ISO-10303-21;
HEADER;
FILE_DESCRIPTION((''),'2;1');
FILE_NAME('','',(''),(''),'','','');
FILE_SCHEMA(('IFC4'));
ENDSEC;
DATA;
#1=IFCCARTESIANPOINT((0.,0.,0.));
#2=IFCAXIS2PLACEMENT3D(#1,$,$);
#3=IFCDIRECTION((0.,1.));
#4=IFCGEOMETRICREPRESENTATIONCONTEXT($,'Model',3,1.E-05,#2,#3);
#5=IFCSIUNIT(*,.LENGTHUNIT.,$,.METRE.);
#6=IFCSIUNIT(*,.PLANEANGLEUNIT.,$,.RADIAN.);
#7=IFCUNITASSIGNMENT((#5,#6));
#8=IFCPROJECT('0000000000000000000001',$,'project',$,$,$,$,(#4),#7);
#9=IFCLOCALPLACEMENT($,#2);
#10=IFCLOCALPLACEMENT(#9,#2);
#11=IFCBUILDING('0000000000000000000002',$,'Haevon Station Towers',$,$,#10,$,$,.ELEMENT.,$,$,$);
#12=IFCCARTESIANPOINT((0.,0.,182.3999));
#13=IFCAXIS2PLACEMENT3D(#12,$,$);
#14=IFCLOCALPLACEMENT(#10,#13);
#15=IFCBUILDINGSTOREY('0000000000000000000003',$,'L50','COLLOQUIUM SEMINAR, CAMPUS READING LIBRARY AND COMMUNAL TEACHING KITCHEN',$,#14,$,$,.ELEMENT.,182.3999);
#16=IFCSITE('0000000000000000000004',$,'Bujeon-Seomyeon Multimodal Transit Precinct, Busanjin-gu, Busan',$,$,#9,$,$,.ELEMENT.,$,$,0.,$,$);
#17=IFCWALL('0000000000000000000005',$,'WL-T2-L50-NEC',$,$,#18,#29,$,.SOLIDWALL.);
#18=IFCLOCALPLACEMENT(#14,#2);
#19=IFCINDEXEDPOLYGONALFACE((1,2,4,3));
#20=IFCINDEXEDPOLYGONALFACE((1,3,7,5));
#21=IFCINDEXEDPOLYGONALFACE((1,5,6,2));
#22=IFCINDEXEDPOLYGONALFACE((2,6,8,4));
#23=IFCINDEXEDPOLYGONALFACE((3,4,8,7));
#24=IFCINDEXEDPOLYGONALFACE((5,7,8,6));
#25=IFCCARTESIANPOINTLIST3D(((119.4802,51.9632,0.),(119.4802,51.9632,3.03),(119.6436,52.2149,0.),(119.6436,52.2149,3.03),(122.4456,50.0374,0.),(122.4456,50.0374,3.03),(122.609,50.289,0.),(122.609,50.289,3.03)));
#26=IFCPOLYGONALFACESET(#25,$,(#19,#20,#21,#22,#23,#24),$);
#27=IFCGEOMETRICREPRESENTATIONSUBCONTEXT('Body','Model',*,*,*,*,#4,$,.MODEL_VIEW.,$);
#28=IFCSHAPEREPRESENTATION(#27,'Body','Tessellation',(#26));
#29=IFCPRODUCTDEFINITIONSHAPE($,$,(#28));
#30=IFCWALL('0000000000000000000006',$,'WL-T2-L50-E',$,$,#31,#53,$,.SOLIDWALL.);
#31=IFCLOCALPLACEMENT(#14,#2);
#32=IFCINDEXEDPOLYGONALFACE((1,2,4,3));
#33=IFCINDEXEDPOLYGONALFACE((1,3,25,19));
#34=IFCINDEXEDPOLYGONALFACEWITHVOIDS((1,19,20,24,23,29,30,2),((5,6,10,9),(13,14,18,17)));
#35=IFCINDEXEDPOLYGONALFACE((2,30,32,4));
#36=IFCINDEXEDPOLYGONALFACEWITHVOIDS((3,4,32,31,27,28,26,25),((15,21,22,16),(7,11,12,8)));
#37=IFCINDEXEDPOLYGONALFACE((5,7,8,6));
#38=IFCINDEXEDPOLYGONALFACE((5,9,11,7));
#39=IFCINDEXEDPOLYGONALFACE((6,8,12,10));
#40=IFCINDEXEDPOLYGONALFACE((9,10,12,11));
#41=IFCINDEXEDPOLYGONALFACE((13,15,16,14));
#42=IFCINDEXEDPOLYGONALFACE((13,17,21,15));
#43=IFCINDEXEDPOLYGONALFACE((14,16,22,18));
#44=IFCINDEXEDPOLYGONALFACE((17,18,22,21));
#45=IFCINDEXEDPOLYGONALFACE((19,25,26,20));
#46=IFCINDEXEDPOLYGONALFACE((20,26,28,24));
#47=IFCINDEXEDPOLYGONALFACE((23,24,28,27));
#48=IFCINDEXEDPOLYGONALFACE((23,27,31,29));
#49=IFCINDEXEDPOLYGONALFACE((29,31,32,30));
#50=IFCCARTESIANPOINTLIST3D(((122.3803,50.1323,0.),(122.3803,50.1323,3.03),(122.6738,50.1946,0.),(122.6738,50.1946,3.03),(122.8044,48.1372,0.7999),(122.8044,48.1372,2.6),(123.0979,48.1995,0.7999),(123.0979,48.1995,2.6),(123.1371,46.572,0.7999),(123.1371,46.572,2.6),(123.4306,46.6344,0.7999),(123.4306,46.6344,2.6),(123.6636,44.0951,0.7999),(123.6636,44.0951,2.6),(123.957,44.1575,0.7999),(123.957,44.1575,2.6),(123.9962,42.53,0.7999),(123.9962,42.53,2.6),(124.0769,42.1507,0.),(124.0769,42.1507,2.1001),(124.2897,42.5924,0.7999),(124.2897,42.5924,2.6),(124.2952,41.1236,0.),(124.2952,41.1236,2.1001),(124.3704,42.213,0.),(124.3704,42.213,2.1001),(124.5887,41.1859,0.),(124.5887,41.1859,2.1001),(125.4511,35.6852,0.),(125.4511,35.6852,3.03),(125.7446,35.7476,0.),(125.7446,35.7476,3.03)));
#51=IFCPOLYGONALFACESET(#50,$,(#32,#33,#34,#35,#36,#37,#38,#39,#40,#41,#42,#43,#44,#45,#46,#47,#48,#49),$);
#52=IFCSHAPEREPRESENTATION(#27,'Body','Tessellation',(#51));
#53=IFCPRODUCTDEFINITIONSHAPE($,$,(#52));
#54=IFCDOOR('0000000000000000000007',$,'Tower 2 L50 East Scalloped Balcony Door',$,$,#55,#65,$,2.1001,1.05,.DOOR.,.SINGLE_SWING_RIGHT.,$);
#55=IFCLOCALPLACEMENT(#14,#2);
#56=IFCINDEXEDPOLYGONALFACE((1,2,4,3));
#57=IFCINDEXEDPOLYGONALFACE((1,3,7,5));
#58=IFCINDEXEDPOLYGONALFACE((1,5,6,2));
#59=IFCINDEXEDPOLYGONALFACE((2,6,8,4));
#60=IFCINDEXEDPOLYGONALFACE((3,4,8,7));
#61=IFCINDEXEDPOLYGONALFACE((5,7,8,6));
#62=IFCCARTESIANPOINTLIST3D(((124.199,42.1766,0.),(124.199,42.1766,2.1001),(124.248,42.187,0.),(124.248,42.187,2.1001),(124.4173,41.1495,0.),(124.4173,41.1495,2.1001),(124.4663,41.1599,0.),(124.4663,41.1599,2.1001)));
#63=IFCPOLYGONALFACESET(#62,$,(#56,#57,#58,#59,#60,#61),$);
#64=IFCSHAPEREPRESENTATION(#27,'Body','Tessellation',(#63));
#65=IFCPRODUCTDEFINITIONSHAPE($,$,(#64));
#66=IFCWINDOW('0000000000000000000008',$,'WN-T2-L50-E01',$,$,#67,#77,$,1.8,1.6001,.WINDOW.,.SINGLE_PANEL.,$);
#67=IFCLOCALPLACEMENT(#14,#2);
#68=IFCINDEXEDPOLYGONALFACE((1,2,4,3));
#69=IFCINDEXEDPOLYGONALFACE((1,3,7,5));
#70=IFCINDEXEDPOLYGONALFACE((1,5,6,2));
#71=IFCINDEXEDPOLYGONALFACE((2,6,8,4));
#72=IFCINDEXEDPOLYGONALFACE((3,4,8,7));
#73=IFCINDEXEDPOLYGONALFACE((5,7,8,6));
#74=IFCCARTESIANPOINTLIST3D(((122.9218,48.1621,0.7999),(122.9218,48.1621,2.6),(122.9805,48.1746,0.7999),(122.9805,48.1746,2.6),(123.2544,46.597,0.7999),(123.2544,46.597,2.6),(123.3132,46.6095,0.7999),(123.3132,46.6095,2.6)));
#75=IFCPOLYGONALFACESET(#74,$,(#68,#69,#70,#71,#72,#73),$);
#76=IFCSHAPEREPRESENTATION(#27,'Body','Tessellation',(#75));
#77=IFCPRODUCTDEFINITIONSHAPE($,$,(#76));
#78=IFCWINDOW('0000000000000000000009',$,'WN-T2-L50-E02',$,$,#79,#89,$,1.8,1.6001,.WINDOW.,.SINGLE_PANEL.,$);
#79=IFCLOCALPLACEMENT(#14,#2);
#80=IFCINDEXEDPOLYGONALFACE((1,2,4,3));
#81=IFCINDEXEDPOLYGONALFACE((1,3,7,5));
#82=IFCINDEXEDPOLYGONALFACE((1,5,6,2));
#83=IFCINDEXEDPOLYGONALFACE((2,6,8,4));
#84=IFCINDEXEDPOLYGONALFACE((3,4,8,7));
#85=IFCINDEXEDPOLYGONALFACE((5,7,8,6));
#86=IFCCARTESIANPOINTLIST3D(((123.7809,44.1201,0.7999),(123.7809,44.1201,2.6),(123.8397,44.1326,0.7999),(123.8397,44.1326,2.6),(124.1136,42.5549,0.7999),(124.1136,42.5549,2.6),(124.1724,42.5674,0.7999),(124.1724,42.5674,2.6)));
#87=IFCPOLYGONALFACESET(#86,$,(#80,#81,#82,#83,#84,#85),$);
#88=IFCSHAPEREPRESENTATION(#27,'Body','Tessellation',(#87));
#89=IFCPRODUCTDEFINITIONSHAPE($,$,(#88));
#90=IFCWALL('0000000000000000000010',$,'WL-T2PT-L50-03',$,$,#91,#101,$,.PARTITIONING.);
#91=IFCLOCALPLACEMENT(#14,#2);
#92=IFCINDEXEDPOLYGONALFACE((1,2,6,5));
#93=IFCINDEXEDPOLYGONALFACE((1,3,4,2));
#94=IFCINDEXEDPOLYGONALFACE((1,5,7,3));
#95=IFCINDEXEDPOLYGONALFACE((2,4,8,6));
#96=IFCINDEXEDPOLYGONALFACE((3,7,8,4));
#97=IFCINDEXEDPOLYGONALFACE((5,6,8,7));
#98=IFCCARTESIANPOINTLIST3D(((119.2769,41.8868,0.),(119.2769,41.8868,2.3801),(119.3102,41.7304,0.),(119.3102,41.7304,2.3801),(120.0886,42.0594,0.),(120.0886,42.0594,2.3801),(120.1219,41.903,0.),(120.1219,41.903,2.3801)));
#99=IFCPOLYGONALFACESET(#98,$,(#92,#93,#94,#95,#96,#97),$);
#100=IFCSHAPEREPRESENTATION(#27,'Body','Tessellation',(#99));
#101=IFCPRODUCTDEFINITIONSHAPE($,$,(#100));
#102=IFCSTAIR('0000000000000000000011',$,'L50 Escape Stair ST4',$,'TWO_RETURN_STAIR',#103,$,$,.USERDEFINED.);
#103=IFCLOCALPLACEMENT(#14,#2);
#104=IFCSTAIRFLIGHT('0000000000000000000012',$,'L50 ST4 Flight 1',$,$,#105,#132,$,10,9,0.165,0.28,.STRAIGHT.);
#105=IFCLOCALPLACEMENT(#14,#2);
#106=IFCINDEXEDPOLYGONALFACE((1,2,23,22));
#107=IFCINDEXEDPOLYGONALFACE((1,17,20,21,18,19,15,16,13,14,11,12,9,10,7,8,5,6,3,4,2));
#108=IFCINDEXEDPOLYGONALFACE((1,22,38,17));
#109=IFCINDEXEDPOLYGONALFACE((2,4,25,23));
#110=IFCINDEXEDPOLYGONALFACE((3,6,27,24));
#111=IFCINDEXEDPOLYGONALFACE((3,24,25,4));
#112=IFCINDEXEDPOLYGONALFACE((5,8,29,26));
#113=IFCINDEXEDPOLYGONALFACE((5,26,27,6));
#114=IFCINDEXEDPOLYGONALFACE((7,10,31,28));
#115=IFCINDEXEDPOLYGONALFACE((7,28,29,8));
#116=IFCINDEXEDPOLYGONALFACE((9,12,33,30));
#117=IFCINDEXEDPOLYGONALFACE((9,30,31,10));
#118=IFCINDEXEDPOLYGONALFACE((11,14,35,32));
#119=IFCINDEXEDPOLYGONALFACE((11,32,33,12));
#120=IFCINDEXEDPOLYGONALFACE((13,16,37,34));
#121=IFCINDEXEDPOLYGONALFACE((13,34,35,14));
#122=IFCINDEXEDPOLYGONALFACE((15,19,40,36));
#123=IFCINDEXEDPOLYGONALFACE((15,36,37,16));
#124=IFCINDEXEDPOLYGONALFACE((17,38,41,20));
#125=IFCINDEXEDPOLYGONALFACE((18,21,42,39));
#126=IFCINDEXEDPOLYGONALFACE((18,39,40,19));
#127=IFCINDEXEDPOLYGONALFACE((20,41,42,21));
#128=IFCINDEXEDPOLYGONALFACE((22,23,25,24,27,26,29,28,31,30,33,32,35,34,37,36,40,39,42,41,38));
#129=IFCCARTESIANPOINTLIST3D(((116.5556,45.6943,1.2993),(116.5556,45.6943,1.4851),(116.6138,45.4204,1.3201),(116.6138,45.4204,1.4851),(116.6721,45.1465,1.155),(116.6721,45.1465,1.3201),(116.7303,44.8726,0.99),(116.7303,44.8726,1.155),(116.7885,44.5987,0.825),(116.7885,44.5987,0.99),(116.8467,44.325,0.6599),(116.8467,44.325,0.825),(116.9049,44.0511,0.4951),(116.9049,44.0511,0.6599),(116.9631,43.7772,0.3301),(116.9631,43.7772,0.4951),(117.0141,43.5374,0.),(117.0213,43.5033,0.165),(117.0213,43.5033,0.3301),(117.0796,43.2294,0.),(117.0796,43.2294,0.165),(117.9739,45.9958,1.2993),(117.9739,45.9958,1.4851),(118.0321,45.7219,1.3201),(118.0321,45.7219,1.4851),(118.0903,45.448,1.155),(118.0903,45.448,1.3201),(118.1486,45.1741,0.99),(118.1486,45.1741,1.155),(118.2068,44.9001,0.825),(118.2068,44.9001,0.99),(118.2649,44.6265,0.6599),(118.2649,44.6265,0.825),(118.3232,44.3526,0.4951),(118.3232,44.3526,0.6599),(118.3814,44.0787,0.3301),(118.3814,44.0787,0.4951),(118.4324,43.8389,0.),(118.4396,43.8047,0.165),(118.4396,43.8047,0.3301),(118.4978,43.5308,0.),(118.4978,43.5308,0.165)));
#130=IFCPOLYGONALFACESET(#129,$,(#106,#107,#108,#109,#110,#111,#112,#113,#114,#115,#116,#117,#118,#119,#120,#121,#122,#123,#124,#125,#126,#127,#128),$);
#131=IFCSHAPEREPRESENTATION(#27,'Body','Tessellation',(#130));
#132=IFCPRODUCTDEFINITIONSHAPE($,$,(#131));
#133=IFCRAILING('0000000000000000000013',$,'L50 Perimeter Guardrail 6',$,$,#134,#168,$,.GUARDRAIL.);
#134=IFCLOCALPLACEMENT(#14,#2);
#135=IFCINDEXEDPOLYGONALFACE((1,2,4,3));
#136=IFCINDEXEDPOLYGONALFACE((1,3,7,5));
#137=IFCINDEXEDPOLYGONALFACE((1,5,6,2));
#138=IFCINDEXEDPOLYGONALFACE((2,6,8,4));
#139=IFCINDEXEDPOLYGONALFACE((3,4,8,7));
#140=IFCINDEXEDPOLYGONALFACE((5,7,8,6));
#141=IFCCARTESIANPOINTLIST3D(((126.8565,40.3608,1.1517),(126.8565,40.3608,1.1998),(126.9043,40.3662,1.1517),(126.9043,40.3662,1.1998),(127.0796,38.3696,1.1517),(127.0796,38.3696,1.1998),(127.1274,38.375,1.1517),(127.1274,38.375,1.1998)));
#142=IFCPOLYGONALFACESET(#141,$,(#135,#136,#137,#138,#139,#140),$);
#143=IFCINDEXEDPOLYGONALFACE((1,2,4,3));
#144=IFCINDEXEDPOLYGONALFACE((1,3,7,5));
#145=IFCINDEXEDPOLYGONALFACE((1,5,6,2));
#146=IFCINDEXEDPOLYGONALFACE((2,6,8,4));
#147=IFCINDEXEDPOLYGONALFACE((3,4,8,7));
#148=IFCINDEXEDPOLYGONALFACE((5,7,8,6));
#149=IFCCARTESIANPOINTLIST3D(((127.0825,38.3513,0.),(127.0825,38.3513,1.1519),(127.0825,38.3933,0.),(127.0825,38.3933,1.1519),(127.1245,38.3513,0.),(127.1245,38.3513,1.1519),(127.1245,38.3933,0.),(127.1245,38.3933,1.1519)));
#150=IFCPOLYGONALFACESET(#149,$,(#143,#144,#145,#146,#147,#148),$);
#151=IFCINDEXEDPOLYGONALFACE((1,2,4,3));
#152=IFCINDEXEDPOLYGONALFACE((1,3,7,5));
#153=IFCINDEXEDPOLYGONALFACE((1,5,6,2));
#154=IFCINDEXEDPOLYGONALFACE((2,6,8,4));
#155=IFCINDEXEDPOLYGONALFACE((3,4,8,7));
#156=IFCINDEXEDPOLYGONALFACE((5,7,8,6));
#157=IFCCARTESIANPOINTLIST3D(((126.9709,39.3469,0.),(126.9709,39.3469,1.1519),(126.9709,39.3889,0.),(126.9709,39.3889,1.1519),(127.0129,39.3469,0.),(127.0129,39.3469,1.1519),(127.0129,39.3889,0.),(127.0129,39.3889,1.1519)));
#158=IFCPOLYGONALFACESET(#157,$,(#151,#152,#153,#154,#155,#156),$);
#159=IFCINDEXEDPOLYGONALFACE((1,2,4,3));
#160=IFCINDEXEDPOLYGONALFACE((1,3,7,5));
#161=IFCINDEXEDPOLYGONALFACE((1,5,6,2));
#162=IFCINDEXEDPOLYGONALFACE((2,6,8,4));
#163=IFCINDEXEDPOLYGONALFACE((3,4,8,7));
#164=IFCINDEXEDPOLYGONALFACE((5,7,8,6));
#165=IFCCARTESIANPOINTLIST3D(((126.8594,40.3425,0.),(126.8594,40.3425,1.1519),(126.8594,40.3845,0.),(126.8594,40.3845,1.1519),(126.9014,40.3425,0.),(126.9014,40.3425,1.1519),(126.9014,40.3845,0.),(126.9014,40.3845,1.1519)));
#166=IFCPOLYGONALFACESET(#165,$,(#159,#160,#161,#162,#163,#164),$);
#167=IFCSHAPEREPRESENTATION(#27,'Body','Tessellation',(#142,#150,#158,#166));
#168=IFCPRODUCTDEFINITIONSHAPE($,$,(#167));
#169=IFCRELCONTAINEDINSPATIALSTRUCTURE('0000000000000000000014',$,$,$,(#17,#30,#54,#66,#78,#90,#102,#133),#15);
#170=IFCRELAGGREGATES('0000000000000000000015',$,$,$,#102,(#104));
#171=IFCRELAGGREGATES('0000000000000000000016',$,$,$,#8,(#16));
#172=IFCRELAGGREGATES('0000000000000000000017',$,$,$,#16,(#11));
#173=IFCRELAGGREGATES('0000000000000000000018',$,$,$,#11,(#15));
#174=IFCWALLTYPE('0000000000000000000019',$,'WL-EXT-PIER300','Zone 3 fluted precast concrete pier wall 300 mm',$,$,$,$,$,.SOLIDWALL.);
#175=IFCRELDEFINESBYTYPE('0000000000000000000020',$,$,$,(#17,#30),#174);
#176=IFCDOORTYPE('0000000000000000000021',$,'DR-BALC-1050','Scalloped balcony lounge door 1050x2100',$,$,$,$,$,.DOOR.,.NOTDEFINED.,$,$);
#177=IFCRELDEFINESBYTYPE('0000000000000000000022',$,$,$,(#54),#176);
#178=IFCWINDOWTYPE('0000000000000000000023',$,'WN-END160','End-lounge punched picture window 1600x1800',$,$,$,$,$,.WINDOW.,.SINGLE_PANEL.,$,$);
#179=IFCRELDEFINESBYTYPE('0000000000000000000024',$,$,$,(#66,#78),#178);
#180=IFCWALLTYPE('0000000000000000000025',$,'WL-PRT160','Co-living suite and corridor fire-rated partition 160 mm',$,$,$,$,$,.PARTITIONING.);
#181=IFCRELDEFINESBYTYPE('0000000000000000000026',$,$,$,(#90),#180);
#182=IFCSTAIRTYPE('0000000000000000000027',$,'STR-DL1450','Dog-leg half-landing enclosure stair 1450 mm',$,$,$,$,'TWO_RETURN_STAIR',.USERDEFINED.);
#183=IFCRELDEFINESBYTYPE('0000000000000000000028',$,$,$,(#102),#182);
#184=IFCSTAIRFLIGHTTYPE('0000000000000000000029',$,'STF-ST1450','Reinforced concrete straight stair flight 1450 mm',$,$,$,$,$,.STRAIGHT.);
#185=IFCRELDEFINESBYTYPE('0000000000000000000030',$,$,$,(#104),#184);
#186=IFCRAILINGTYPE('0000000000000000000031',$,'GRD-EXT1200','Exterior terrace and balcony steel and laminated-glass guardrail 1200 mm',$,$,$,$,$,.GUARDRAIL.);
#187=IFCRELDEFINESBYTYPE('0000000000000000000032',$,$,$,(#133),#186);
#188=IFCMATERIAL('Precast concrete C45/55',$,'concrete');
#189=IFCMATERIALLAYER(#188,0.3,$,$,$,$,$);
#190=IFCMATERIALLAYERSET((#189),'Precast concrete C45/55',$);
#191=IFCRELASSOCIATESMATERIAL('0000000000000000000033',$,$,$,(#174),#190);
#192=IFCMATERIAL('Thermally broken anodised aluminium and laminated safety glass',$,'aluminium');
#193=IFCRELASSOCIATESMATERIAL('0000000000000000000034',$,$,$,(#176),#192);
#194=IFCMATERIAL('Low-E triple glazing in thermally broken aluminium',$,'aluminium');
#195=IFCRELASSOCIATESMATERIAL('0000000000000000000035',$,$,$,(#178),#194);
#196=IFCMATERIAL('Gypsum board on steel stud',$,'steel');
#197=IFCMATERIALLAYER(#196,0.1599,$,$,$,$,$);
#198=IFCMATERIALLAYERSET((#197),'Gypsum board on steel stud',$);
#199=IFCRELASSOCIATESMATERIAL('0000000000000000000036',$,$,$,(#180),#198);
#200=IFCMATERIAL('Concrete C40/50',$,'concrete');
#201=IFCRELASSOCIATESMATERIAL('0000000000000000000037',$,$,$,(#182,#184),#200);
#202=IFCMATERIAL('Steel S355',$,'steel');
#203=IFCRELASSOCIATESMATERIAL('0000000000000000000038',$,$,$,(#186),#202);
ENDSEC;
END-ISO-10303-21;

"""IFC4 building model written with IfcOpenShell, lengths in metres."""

from ifc_helpers import new_model, si_unit, direction, frame, frame_2d, origin, origin_2d, place, context, subcontext, project, spatial, polyline, rectangle, outline, extrude, material, layer, layer_set, type_object, element, fill, aggregate, save


model = new_model("IFC4")

# Units and contexts
model_context = context("Model", 3, precision=1e-05, world=origin(), true_north=direction((0.0, 1.0)))
body_context = subcontext(model_context, "Body", "Model", "MODEL_VIEW")
ifc_project = project(units=[si_unit("LENGTHUNIT", "METRE"), si_unit("PLANEANGLEUNIT", "RADIAN")], contexts=[model_context])

# Site, building, storey
site_placement = place(None, origin())
site = spatial("IfcSite", under=ifc_project, at=site_placement, Name="Bujeon-Seomyeon Multimodal Transit Precinct, Busanjin-gu, Busan", CompositionType="ELEMENT", RefElevation=0.0)
building_placement = place(site_placement, origin())
building = spatial("IfcBuilding", under=site, at=building_placement, Name="Haevon Station Towers", CompositionType="ELEMENT")
storey_placement = place(building_placement, frame((0.0, 0.0, 182.3999)))
storey = spatial("IfcBuildingStorey", under=building, at=storey_placement, Name="L50", Description="COLLOQUIUM SEMINAR, CAMPUS READING LIBRARY AND COMMUNAL TEACHING KITCHEN", CompositionType="ELEMENT", Elevation=182.3999)

# Shared definitions
ifc_material_1 = material(Name="Steel S355", Category="steel")

# Wall
ifc_material_2 = material(Name="Precast concrete C45/55", Category="concrete")
ifc_layer_1 = layer(ifc_material_2, 0.3)
ifc_layer_set_1 = layer_set([ifc_layer_1], Name="Precast concrete C45/55")
wall_type_1 = type_object("IfcWallType", Name="WL-EXT-PIER300", Description="Zone 3 fluted precast concrete pier wall 300 mm", PredefinedType="SOLIDWALL", material=ifc_layer_set_1)
wall_1_placement = place(storey_placement, frame((119.5618, 52.0891, 0.0), z_axis=(0.0, 0.0, 1.0), x_axis=(0.838661, -0.544653, 0.0)))
element("IfcWall", 1, at=wall_1_placement, inside=storey, type_object=wall_type_1, Name="WL-T2-L50-NEC", PredefinedType="SOLIDWALL", context=body_context, shape_type="SweptSolid", body=[
    extrude(rectangle(XDim=3.5359, YDim=0.3, at=frame_2d((1.7681, 0.0))), origin(), (0.0, 0.0, 1.0), 3.03),
])

# Wall, openings, door, windows
wall_2_placement = place(storey_placement, frame((122.5271, 50.1633, 0.0), z_axis=(0.0, 0.0, 1.0), x_axis=(0.207911, -0.978148, 0.0)))
wall_2 = element("IfcWall", 2, at=wall_2_placement, inside=storey, type_object=wall_type_1, Name="WL-T2-L50-E", PredefinedType="SOLIDWALL", context=body_context, shape_type="SweptSolid", body=[
    extrude(rectangle(XDim=14.7698, YDim=0.3, at=frame_2d((7.3848, 0.0))), origin(), (0.0, 0.0, 1.0), 3.03),
])
opening_1_placement = place(wall_2_placement, frame((8.1599, 0.0, 0.0)))
opening_1 = element("IfcOpeningElement", 3, at=opening_1_placement, cuts=wall_2, PredefinedType="OPENING", context=body_context, shape_type="SweptSolid", body=[
    extrude(rectangle(XDim=1.05, YDim=2.1001, at=frame_2d((0.5249, 1.05))), frame((0.0, 0.1599, 0.0), z_axis=(0.0, -1.0, 0.0), x_axis=(1.0, 0.0, 0.0)), (0.0, 0.0, 1.0), 0.3201),
])
opening_2_placement = place(wall_2_placement, frame((2.0396, 0.0, 0.8)))
opening_2 = element("IfcOpeningElement", 4, at=opening_2_placement, cuts=wall_2, PredefinedType="OPENING", context=body_context, shape_type="SweptSolid", body=[
    extrude(rectangle(XDim=1.6001, YDim=1.8, at=frame_2d((0.8, 0.8999))), frame((0.0, 0.1599, 0.0), z_axis=(0.0, -1.0, 0.0), x_axis=(1.0, 0.0, 0.0)), (0.0, 0.0, 1.0), 0.3201),
])
opening_3_placement = place(wall_2_placement, frame((6.1719, 0.0, 0.8)))
opening_3 = element("IfcOpeningElement", 5, at=opening_3_placement, cuts=wall_2, PredefinedType="OPENING", context=body_context, shape_type="SweptSolid", body=[
    extrude(rectangle(XDim=1.6001, YDim=1.8, at=frame_2d((0.8, 0.8999))), frame((0.0, 0.1599, 0.0), z_axis=(0.0, -1.0, 0.0), x_axis=(1.0, 0.0, 0.0)), (0.0, 0.0, 1.0), 0.3201),
])
ifc_material_3 = material(Name="Thermally broken anodised aluminium and laminated safety glass", Category="aluminium")
door_type = type_object("IfcDoorType", Name="DR-BALC-1050", Description="Scalloped balcony lounge door 1050x2100", OperationType="NOTDEFINED", PredefinedType="DOOR", material=ifc_material_3)
door_placement = place(opening_1_placement, origin())
door = element("IfcDoor", 6, at=door_placement, inside=storey, type_object=door_type, Name="Tower 2 L50 East Scalloped Balcony Door", OperationType="SINGLE_SWING_RIGHT", OverallHeight=2.1001, OverallWidth=1.05, PredefinedType="DOOR", context=body_context, shape_type="SweptSolid", body=[
    extrude(rectangle(XDim=1.05, YDim=2.1001, at=frame_2d((0.5249, 1.05))), frame((0.0, 0.0249, 0.0), z_axis=(0.0, -1.0, 0.0), x_axis=(1.0, 0.0, 0.0)), (0.0, 0.0, 1.0), 0.05),
])
fill(opening_1, door)
ifc_material_4 = material(Name="Low-E triple glazing in thermally broken aluminium", Category="aluminium")
window_type = type_object("IfcWindowType", Name="WN-END160", Description="End-lounge punched picture window 1600x1800", PartitioningType="SINGLE_PANEL", PredefinedType="WINDOW", material=ifc_material_4)
window_1_placement = place(opening_2_placement, origin())
window_1 = element("IfcWindow", 7, at=window_1_placement, inside=storey, type_object=window_type, Name="WN-T2-L50-E01", OverallHeight=1.8, OverallWidth=1.6001, PartitioningType="SINGLE_PANEL", PredefinedType="WINDOW", context=body_context, shape_type="SweptSolid", body=[
    extrude(rectangle(XDim=1.6001, YDim=1.8, at=frame_2d((0.8, 0.8999))), frame((0.0, 0.03, 0.0), z_axis=(0.0, -1.0, 0.0), x_axis=(1.0, 0.0, 0.0)), (0.0, 0.0, 1.0), 0.0601),
])
fill(opening_2, window_1)
window_2_placement = place(opening_3_placement, origin())
window_2 = element("IfcWindow", 8, at=window_2_placement, inside=storey, type_object=window_type, Name="WN-T2-L50-E02", OverallHeight=1.8, OverallWidth=1.6001, PartitioningType="SINGLE_PANEL", PredefinedType="WINDOW", context=body_context, shape_type="SweptSolid", body=[
    extrude(rectangle(XDim=1.6001, YDim=1.8, at=frame_2d((0.8, 0.8999))), frame((0.0, 0.03, 0.0), z_axis=(0.0, -1.0, 0.0), x_axis=(1.0, 0.0, 0.0)), (0.0, 0.0, 1.0), 0.0601),
])
fill(opening_3, window_2)

# Wall
ifc_material_5 = material(Name="Gypsum board on steel stud", Category="steel")
ifc_layer_2 = layer(ifc_material_5, 0.1599)
ifc_layer_set_2 = layer_set([ifc_layer_2], Name="Gypsum board on steel stud")
wall_type_2 = type_object("IfcWallType", Name="WL-PRT160", Description="Co-living suite and corridor fire-rated partition 160 mm", PredefinedType="PARTITIONING", material=ifc_layer_set_2)
wall_3_placement = place(storey_placement, frame((119.2935, 41.8086, 0.0), z_axis=(0.0, 0.0, 1.0), x_axis=(0.978133, 0.207982, 0.0)))
element("IfcWall", 9, at=wall_3_placement, inside=storey, type_object=wall_type_2, Name="WL-T2PT-L50-03", PredefinedType="PARTITIONING", context=body_context, shape_type="SweptSolid", body=[
    extrude(rectangle(XDim=0.8298, YDim=0.1599, at=frame_2d((0.415, 0.0))), origin(), (0.0, 0.0, 1.0), 2.3801),
])

# Stair, stair flight
ifc_material_6 = material(Name="Concrete C40/50", Category="concrete")
stair_type = type_object("IfcStairType", Name="STR-DL1450", Description="Dog-leg half-landing enclosure stair 1450 mm", ElementType="TWO_RETURN_STAIR", PredefinedType="USERDEFINED", material=ifc_material_6)
stair_placement = place(storey_placement, origin())
stair = element("IfcStair", 10, at=stair_placement, inside=storey, type_object=stair_type, Name="L50 Escape Stair ST4", ObjectType="TWO_RETURN_STAIR", PredefinedType="USERDEFINED")
stair_flight_type = type_object("IfcStairFlightType", Name="STF-ST1450", Description="Reinforced concrete straight stair flight 1450 mm", PredefinedType="STRAIGHT", material=ifc_material_6)
stair_flight_placement = place(storey_placement, frame((117.7888, 43.3801, 0.0), z_axis=(0.0, 0.0, 1.0), x_axis=(-0.207912, 0.978148, 0.0)))
stair_flight = element("IfcStairFlight", 11, at=stair_flight_placement, type_object=stair_flight_type, Name="L50 ST4 Flight 1", NumberOfRisers=10, NumberOfTreads=9, PredefinedType="STRAIGHT", RiserHeight=0.165, TreadLength=0.28, context=body_context, shape_type="SweptSolid", body=[
    extrude(outline(polyline([(0.0, 0.0), (0.0, 0.165), (0.28, 0.165), (0.28, 0.3301), (0.5601, 0.3301), (0.5601, 0.4951), (0.8401, 0.4951), (0.8401, 0.6599), (1.1201, 0.6599), (1.1201, 0.825), (1.3999, 0.825), (1.3999, 0.99), (1.6799, 0.99), (1.6799, 1.155), (1.96, 1.155), (1.96, 1.3201), (2.24, 1.3201), (2.24, 1.4851), (2.52, 1.4851), (2.52, 1.6499), (2.52, 1.2993), (0.3149, 0.0), (0.0, 0.0)])), frame((0.0, 0.7251, 0.0), z_axis=(0.0, -1.0, 0.0), x_axis=(1.0, 0.0, 0.0)), (0.0, 0.0, 1.0), 1.45),
])
aggregate(stair, [stair_flight])

# Railing
railing_type_1 = type_object("IfcRailingType", Name="GRD-EXT1200", Description="Exterior terrace and balcony steel and laminated-glass guardrail 1200 mm", PredefinedType="GUARDRAIL", material=ifc_material_1)
railing_1_placement = place(storey_placement, frame((127.1035, 38.3723, 0.0)))
element("IfcRailing", 12, at=railing_1_placement, inside=storey, type_object=railing_type_1, Name="L50 Perimeter Guardrail 6", PredefinedType="GUARDRAIL", context=body_context, shape_type="SweptSolid", body=[
    extrude(rectangle(XDim=0.0481, YDim=0.0481, at=origin_2d()), frame((0.0, 0.0, 1.1758), z_axis=(-0.111368, 0.993779, 0.0), x_axis=(-0.993779, -0.111368, 0.0)), (0.0, 0.0, 1.0), 2.0037),
    extrude(rectangle(XDim=0.042, YDim=0.042, at=origin_2d()), origin(), (0.0, 0.0, 1.0), 1.1519),
    extrude(rectangle(XDim=0.042, YDim=0.042, at=origin_2d()), frame((-0.1116, 0.9956, 0.0)), (0.0, 0.0, 1.0), 1.1519),
    extrude(rectangle(XDim=0.042, YDim=0.042, at=origin_2d()), frame((-0.2231, 1.9912, 0.0)), (0.0, 0.0, 1.0), 1.1519),
])

save(model, "model.ifc")
